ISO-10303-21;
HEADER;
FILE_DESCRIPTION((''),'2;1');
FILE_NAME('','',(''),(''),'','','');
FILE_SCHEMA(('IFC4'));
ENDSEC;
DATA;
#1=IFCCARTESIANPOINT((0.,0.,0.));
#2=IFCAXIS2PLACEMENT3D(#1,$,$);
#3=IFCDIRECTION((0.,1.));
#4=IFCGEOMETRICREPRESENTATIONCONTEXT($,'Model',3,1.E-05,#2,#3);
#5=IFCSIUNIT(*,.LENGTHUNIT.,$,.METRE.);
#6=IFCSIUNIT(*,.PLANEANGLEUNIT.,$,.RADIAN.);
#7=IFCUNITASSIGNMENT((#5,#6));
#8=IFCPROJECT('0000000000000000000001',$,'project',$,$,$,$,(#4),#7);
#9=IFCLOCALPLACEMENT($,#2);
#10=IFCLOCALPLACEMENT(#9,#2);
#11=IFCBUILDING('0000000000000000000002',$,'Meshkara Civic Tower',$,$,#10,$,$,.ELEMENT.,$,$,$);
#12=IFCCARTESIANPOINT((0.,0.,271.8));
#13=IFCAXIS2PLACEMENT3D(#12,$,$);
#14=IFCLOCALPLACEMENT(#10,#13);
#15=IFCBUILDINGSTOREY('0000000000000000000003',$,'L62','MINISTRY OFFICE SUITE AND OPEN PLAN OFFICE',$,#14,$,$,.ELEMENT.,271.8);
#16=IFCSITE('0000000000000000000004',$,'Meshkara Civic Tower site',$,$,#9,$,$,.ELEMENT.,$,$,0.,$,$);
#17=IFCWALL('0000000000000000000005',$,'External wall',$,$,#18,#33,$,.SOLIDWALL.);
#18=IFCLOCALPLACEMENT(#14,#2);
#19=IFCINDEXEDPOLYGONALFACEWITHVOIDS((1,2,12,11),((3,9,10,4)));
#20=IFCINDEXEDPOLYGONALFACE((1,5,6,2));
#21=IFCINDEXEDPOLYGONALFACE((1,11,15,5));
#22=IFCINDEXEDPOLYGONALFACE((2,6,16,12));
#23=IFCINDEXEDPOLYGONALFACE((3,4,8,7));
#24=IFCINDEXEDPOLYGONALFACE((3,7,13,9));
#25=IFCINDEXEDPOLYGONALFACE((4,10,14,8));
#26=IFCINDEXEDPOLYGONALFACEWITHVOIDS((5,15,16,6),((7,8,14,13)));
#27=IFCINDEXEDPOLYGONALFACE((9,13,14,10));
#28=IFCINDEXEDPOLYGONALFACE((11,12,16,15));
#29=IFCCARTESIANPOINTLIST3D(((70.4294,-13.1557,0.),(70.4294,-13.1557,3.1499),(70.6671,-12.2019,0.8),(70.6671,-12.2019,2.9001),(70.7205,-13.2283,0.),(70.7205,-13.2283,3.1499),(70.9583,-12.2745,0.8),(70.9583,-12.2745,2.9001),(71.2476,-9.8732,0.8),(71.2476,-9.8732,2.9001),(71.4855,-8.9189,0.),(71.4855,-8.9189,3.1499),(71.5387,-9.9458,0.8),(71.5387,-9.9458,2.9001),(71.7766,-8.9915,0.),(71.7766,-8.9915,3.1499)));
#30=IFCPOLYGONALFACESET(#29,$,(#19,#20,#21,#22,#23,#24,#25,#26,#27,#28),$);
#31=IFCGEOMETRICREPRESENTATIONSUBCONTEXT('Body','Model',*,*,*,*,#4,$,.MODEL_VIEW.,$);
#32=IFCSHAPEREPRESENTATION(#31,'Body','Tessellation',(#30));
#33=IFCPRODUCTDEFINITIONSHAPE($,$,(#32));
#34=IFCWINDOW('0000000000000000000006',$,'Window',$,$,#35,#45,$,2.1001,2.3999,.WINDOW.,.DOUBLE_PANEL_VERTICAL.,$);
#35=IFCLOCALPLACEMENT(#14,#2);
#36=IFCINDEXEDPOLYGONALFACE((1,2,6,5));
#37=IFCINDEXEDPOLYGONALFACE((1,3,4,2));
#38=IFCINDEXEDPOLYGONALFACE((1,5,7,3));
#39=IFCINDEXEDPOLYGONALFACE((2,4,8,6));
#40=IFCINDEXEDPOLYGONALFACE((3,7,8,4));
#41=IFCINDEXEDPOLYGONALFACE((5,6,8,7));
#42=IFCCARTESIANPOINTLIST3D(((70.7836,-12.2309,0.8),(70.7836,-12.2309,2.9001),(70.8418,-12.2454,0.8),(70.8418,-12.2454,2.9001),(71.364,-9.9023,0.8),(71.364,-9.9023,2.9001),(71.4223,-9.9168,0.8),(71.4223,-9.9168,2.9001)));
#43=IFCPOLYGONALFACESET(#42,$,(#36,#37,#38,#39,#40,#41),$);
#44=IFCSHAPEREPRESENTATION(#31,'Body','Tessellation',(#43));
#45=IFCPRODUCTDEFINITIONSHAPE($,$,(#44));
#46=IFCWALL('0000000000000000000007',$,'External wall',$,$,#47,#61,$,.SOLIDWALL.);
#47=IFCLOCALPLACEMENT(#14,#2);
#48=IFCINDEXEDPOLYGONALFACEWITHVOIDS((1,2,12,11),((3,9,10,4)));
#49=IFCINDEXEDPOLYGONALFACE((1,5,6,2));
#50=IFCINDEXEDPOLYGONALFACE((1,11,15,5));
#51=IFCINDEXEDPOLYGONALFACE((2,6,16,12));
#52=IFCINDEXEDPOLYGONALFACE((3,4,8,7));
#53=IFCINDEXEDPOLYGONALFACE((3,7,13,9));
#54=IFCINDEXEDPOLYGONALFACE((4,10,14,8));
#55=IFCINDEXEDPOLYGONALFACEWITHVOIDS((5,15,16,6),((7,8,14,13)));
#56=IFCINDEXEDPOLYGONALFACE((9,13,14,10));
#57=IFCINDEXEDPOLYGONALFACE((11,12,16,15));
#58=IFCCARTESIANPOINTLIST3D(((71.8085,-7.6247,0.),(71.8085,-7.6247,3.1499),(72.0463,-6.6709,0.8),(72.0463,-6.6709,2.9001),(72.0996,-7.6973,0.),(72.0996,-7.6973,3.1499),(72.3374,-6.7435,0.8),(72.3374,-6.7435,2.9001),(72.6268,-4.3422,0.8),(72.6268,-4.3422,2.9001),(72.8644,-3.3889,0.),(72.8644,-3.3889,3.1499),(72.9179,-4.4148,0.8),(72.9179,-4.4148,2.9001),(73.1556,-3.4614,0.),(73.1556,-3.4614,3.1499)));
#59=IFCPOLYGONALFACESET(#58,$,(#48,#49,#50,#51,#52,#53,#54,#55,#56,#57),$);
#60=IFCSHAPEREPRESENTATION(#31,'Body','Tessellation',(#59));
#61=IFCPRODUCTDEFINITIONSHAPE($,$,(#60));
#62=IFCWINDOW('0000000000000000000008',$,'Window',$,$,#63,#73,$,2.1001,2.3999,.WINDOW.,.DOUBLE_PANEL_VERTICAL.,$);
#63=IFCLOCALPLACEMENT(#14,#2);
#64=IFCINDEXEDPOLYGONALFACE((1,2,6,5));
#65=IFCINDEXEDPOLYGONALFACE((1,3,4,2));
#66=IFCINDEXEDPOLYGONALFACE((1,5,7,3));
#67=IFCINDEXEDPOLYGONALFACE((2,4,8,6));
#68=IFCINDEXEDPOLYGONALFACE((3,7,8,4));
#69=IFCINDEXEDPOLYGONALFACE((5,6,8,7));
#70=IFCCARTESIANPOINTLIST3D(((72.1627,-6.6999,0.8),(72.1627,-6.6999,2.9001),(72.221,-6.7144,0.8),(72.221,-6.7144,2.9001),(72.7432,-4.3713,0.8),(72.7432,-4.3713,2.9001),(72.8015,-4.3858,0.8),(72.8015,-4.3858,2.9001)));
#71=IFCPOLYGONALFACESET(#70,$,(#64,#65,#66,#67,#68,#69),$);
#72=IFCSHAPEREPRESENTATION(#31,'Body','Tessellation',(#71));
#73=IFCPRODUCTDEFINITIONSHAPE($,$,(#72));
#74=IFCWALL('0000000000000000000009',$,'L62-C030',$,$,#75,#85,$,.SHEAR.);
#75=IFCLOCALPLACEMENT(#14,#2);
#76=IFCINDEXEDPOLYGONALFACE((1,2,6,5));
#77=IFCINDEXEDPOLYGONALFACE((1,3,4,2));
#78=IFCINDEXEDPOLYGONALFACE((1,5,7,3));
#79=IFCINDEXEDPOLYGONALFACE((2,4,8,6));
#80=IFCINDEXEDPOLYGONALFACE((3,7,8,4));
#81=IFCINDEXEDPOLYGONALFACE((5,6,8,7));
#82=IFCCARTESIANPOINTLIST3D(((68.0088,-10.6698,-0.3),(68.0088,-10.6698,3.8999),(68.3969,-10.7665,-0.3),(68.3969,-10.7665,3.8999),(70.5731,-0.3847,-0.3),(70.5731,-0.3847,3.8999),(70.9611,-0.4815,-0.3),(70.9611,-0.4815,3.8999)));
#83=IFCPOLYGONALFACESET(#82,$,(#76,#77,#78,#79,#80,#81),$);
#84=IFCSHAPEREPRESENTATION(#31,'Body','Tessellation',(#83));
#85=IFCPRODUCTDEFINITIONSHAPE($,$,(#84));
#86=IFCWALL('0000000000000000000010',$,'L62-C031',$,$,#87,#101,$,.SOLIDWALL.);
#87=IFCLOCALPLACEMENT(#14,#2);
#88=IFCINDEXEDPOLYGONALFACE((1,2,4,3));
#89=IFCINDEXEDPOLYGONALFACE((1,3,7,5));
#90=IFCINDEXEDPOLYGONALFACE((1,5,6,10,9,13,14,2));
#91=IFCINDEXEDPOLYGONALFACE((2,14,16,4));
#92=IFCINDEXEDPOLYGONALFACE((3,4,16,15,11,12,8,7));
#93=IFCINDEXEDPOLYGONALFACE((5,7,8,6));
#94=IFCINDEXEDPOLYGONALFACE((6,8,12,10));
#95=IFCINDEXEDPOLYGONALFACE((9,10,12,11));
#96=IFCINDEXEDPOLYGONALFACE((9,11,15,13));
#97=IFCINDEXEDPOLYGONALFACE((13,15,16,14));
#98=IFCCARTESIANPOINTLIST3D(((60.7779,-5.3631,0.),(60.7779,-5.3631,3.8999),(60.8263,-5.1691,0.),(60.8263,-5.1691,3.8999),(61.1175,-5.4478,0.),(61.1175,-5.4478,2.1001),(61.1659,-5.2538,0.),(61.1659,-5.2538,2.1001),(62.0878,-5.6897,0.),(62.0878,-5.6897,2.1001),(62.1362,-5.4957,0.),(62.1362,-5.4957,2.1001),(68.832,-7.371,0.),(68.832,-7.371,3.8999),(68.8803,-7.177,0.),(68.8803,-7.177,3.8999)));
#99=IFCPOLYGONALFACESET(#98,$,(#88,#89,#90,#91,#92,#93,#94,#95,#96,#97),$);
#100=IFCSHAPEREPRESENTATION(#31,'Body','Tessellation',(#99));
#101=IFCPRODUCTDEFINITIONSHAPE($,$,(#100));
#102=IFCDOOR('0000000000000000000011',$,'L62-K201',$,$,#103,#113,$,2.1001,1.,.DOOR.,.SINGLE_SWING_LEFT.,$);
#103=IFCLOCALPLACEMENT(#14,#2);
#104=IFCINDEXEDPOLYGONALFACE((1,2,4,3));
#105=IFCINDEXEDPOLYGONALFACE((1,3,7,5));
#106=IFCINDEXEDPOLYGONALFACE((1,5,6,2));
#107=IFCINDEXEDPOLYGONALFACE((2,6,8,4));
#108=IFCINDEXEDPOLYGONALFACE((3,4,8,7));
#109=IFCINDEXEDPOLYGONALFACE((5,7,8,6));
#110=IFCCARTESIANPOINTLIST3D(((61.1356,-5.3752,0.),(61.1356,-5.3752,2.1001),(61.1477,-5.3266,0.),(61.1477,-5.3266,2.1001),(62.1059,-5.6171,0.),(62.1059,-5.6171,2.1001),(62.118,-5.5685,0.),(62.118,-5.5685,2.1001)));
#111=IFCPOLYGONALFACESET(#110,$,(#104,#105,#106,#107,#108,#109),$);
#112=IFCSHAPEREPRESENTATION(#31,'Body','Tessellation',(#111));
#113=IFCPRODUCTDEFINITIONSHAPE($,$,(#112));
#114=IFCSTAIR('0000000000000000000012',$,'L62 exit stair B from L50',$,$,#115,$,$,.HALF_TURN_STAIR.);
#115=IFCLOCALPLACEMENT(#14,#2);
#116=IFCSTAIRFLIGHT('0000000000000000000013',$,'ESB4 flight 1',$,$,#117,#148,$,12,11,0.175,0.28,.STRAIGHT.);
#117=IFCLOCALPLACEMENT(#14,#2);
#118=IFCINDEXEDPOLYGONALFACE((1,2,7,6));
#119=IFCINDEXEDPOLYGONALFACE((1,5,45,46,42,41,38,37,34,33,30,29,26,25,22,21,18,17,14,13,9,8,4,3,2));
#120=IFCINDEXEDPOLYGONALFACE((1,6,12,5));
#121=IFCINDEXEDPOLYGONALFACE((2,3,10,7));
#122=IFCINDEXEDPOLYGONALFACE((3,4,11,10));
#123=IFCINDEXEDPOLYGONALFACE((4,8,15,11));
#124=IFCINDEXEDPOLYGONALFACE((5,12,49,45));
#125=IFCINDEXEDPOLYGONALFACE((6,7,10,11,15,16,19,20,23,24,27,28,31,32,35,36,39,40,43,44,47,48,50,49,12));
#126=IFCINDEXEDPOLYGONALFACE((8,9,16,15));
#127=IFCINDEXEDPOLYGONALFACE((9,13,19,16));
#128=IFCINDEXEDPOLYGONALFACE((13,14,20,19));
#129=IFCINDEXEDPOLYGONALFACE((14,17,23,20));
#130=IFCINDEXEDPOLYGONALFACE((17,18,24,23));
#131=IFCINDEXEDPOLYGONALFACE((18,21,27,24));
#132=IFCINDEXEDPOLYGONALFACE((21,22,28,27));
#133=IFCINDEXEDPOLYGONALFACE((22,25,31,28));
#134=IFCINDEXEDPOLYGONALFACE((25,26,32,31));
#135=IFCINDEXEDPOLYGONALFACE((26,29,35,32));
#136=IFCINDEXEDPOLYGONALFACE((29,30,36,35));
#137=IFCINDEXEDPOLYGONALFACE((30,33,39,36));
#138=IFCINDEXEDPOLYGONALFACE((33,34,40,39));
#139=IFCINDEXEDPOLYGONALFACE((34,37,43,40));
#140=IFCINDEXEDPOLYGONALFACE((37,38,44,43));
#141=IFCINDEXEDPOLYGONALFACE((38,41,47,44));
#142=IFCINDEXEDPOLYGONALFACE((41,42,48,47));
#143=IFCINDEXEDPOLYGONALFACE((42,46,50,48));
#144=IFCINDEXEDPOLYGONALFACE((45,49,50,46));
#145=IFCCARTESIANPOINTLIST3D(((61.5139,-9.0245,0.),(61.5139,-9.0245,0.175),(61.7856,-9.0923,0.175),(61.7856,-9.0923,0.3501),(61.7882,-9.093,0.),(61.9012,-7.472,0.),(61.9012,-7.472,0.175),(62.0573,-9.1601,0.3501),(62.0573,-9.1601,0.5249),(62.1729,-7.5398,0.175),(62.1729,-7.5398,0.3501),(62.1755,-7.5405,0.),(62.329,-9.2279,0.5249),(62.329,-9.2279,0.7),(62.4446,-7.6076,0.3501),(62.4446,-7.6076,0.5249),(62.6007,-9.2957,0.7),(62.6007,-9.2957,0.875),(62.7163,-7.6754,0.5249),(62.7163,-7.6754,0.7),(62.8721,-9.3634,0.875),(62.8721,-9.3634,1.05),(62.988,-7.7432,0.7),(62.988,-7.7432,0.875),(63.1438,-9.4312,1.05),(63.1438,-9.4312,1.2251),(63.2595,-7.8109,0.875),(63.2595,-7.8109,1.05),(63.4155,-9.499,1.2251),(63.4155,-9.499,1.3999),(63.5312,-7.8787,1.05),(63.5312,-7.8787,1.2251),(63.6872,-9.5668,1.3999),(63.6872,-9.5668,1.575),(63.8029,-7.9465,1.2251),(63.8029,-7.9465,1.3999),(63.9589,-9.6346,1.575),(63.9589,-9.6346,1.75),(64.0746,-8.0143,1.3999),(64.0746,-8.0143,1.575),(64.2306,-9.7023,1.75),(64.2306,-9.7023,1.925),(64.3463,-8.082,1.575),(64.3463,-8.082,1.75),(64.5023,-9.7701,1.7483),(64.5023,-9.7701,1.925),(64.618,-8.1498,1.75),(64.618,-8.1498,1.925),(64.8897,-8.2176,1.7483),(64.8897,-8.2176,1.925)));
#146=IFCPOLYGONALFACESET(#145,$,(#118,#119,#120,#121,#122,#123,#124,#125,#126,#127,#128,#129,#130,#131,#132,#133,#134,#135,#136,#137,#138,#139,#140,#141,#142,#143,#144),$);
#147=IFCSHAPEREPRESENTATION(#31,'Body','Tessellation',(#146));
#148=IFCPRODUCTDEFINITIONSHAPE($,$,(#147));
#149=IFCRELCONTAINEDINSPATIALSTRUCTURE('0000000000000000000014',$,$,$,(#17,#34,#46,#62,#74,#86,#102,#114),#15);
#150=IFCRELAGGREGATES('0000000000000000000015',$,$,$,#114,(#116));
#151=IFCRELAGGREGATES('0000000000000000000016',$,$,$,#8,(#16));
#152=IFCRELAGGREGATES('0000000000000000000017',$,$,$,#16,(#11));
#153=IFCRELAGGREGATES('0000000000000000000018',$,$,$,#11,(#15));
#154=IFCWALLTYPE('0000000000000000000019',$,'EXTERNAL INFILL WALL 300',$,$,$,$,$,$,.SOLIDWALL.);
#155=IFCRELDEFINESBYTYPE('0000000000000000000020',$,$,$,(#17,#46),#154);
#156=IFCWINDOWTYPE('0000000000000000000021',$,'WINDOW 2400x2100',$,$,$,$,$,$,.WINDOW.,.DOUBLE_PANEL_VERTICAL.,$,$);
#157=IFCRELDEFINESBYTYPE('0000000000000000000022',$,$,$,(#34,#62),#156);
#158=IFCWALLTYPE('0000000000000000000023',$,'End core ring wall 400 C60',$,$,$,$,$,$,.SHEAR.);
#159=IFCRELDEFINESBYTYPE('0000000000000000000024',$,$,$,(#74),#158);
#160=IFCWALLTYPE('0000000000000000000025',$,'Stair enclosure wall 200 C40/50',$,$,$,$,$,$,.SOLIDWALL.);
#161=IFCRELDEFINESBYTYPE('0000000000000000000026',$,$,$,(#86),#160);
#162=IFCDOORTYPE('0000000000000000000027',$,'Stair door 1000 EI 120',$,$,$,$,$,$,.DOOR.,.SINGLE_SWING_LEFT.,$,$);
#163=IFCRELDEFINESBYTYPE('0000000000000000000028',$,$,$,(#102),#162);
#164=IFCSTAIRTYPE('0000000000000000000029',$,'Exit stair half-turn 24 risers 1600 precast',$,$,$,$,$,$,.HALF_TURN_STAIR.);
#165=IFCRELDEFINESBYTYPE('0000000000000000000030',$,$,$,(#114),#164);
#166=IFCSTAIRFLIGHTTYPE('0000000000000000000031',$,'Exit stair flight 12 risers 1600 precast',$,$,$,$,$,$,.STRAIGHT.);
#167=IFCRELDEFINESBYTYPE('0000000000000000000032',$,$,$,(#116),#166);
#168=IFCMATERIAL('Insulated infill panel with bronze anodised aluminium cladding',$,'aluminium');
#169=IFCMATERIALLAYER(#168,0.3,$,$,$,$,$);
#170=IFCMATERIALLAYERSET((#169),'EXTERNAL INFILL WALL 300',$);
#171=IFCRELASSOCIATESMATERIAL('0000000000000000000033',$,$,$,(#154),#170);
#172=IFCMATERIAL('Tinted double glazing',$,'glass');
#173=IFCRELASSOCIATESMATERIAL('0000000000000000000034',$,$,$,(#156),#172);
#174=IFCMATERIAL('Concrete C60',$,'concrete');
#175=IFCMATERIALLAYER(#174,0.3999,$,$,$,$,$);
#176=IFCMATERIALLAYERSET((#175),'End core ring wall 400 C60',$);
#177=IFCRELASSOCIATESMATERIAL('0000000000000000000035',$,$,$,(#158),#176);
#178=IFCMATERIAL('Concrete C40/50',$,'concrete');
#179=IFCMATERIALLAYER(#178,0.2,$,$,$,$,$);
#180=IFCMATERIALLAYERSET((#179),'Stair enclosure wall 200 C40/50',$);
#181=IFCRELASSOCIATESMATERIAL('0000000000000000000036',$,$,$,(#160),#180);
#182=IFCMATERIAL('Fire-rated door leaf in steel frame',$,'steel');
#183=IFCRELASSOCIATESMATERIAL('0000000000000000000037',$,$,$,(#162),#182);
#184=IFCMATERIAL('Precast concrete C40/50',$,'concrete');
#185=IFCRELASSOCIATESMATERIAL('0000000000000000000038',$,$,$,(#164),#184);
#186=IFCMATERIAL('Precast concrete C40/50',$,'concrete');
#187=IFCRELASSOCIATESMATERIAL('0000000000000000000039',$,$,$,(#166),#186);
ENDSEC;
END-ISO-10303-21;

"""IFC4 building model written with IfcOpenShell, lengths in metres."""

from ifc_helpers import new_model, si_unit, direction, frame, frame_2d, origin, place, context, subcontext, project, spatial, polyline, rectangle, outline, extrude, material, layer, layer_set, type_object, element, fill, aggregate, save


model = new_model("IFC4")

# Units and contexts
model_context = context("Model", 3, precision=1e-05, world=origin(), true_north=direction((0.0, 1.0)))
body_context = subcontext(model_context, "Body", "Model", "MODEL_VIEW")
ifc_project = project(units=[si_unit("LENGTHUNIT", "METRE"), si_unit("PLANEANGLEUNIT", "RADIAN")], contexts=[model_context])

# Site, building, storey
site_placement = place(None, origin())
site = spatial("IfcSite", under=ifc_project, at=site_placement, Name="Meshkara Civic Tower site", CompositionType="ELEMENT", RefElevation=0.0)
building_placement = place(site_placement, origin())
building = spatial("IfcBuilding", under=site, at=building_placement, Name="Meshkara Civic Tower", CompositionType="ELEMENT")
storey_placement = place(building_placement, frame((0.0, 0.0, 271.8)))
storey = spatial("IfcBuildingStorey", under=building, at=storey_placement, Name="L62", Description="MINISTRY OFFICE SUITE AND OPEN PLAN OFFICE", CompositionType="ELEMENT", Elevation=271.8)

# Walls, openings, windows
ifc_material_1 = material(Name="Insulated infill panel with bronze anodised aluminium cladding", Category="aluminium")
ifc_layer_1 = layer(ifc_material_1, 0.3)
ifc_layer_set_1 = layer_set([ifc_layer_1], Name="EXTERNAL INFILL WALL 300")
wall_type_1 = type_object("IfcWallType", Name="EXTERNAL INFILL WALL 300", PredefinedType="SOLIDWALL", material=ifc_layer_set_1)
ifc_material_2 = material(Name="Tinted double glazing", Category="glass")
window_type_1 = type_object("IfcWindowType", Name="WINDOW 2400x2100", PartitioningType="DOUBLE_PANEL_VERTICAL", PredefinedType="WINDOW", material=ifc_material_2)
wall_1_placement = place(storey_placement, frame((70.575, -13.1919, 0.0), z_axis=(0.0, 0.0, 1.0), x_axis=(0.241878, 0.970307, 0.0)))
wall_1 = element("IfcWall", 1, at=wall_1_placement, inside=storey, type_object=wall_type_1, Name="External wall", PredefinedType="SOLIDWALL", context=body_context, shape_type="SweptSolid", body=[
    extrude(rectangle(XDim=4.3665, YDim=0.3, at=frame_2d((2.1831, 0.0))), origin(), (0.0, 0.0, 1.0), 3.1499),
])
opening_1_placement = place(wall_1_placement, frame((0.9829, 0.0, 0.8)))
opening_1 = element("IfcOpeningElement", 2, at=opening_1_placement, cuts=wall_1, PredefinedType="OPENING", context=body_context, shape_type="SweptSolid", body=[
    extrude(rectangle(XDim=2.3999, YDim=2.1001, at=frame_2d((1.2, 1.05))), frame((0.0, 0.1599, 0.0), z_axis=(0.0, -1.0, 0.0), x_axis=(1.0, 0.0, 0.0)), (0.0, 0.0, 1.0), 0.3201),
])
window_1_placement = place(opening_1_placement, origin())
window_1 = element("IfcWindow", 3, at=window_1_placement, inside=storey, type_object=window_type_1, Name="Window", OverallHeight=2.1001, OverallWidth=2.3999, PartitioningType="DOUBLE_PANEL_VERTICAL", PredefinedType="WINDOW", context=body_context, shape_type="SweptSolid", body=[
    extrude(rectangle(XDim=2.3999, YDim=2.1001, at=frame_2d((1.2, 1.05))), frame((0.0, 0.03, 0.0), z_axis=(0.0, -1.0, 0.0), x_axis=(1.0, 0.0, 0.0)), (0.0, 0.0, 1.0), 0.0601),
])
fill(opening_1, window_1)
wall_2_placement = place(storey_placement, frame((71.9541, -7.6609, 0.0), z_axis=(0.0, 0.0, 1.0), x_axis=(0.241878, 0.970307, 0.0)))
wall_2 = element("IfcWall", 4, at=wall_2_placement, inside=storey, type_object=wall_type_1, Name="External wall", PredefinedType="SOLIDWALL", context=body_context, shape_type="SweptSolid", body=[
    extrude(rectangle(XDim=4.3655, YDim=0.3, at=frame_2d((2.1826, 0.0))), origin(), (0.0, 0.0, 1.0), 3.1499),
])
opening_2_placement = place(wall_2_placement, frame((0.9829, 0.0, 0.8)))
opening_2 = element("IfcOpeningElement", 5, at=opening_2_placement, cuts=wall_2, PredefinedType="OPENING", context=body_context, shape_type="SweptSolid", body=[
    extrude(rectangle(XDim=2.3999, YDim=2.1001, at=frame_2d((1.2, 1.05))), frame((0.0, 0.1599, 0.0), z_axis=(0.0, -1.0, 0.0), x_axis=(1.0, 0.0, 0.0)), (0.0, 0.0, 1.0), 0.3201),
])
window_2_placement = place(opening_2_placement, origin())
window_2 = element("IfcWindow", 6, at=window_2_placement, inside=storey, type_object=window_type_1, Name="Window", OverallHeight=2.1001, OverallWidth=2.3999, PartitioningType="DOUBLE_PANEL_VERTICAL", PredefinedType="WINDOW", context=body_context, shape_type="SweptSolid", body=[
    extrude(rectangle(XDim=2.3999, YDim=2.1001, at=frame_2d((1.2, 1.05))), frame((0.0, 0.03, 0.0), z_axis=(0.0, -1.0, 0.0), x_axis=(1.0, 0.0, 0.0)), (0.0, 0.0, 1.0), 0.0601),
])
fill(opening_2, window_2)

# Wall
ifc_material_3 = material(Name="Concrete C60", Category="concrete")
ifc_layer_2 = layer(ifc_material_3, 0.3999)
ifc_layer_set_2 = layer_set([ifc_layer_2], Name="End core ring wall 400 C60")
wall_type_2 = type_object("IfcWallType", Name="End core ring wall 400 C60", PredefinedType="SHEAR", material=ifc_layer_set_2)
wall_3_placement = place(storey_placement, frame((68.2029, -10.718, -0.3), z_axis=(0.0, 0.0, 1.0), x_axis=(0.241912, 0.970298, 0.0)))
element("IfcWall", 7, at=wall_3_placement, inside=storey, type_object=wall_type_2, Name="L62-C030", PredefinedType="SHEAR", context=body_context, shape_type="SweptSolid", body=[
    extrude(rectangle(XDim=10.5999, YDim=0.3999, at=frame_2d((5.2998, 0.0))), origin(), (0.0, 0.0, 1.0), 4.2),
])

# Wall, opening, door
ifc_material_4 = material(Name="Concrete C40/50", Category="concrete")
ifc_layer_3 = layer(ifc_material_4, 0.2)
ifc_layer_set_3 = layer_set([ifc_layer_3], Name="Stair enclosure wall 200 C40/50")
wall_type_3 = type_object("IfcWallType", Name="Stair enclosure wall 200 C40/50", PredefinedType="SOLIDWALL", material=ifc_layer_set_3)
wall_4_placement = place(storey_placement, frame((60.802, -5.2661, 0.0), z_axis=(0.0, 0.0, 1.0), x_axis=(0.970303, -0.241892, 0.0)))
wall_4 = element("IfcWall", 8, at=wall_4_placement, inside=storey, type_object=wall_type_3, Name="L62-C031", PredefinedType="SOLIDWALL", context=body_context, shape_type="SweptSolid", body=[
    extrude(rectangle(XDim=8.3005, YDim=0.2, at=frame_2d((4.1504, 0.0))), origin(), (0.0, 0.0, 1.0), 3.8999),
])
opening_3_placement = place(wall_4_placement, frame((0.3501, 0.0, 0.0)))
opening_3 = element("IfcOpeningElement", 9, at=opening_3_placement, cuts=wall_4, PredefinedType="OPENING", context=body_context, shape_type="SweptSolid", body=[
    extrude(rectangle(XDim=1.0, YDim=2.1001, at=frame_2d((0.5, 1.05))), frame((0.0, 0.1099, 0.0), z_axis=(0.0, -1.0, 0.0), x_axis=(1.0, 0.0, 0.0)), (0.0, 0.0, 1.0), 0.22),
])
ifc_material_5 = material(Name="Fire-rated door leaf in steel frame", Category="steel")
door_type = type_object("IfcDoorType", Name="Stair door 1000 EI 120", OperationType="SINGLE_SWING_LEFT", PredefinedType="DOOR", material=ifc_material_5)
door_placement = place(opening_3_placement, origin())
door = element("IfcDoor", 10, at=door_placement, inside=storey, type_object=door_type, Name="L62-K201", OperationType="SINGLE_SWING_LEFT", OverallHeight=2.1001, OverallWidth=1.0, PredefinedType="DOOR", context=body_context, shape_type="SweptSolid", body=[
    extrude(rectangle(XDim=1.0, YDim=2.1001, at=frame_2d((0.5, 1.05))), frame((0.0, 0.0249, 0.0), z_axis=(0.0, -1.0, 0.0), x_axis=(1.0, 0.0, 0.0)), (0.0, 0.0, 1.0), 0.05),
])
fill(opening_3, door)

# Stair, stair flight
ifc_material_6 = material(Name="Precast concrete C40/50", Category="concrete")
stair_type = type_object("IfcStairType", Name="Exit stair half-turn 24 risers 1600 precast", PredefinedType="HALF_TURN_STAIR", material=ifc_material_6)
stair_placement = place(storey_placement, origin())
stair = element("IfcStair", 11, at=stair_placement, inside=storey, type_object=stair_type, Name="L62 exit stair B from L50", PredefinedType="HALF_TURN_STAIR")
ifc_material_7 = material(Name="Precast concrete C40/50", Category="concrete")
stair_flight_type = type_object("IfcStairFlightType", Name="Exit stair flight 12 risers 1600 precast", PredefinedType="STRAIGHT", material=ifc_material_7)
stair_flight_1_placement = place(storey_placement, frame((61.7075, -8.2483, 0.0), z_axis=(0.0, 0.0, 1.0), x_axis=(0.97026, -0.242065, 0.0)))
stair_flight_1 = element("IfcStairFlight", 12, at=stair_flight_1_placement, type_object=stair_flight_type, Name="ESB4 flight 1", NumberOfRisers=12, NumberOfTreads=11, PredefinedType="STRAIGHT", RiserHeight=0.175, TreadLength=0.28, context=body_context, shape_type="SweptSolid", body=[
    extrude(outline(polyline([(0.0, 0.0), (0.0, 0.175), (0.28, 0.175), (0.28, 0.3501), (0.5601, 0.3501), (0.5601, 0.5249), (0.8401, 0.5249), (0.8401, 0.7), (1.1201, 0.7), (1.1201, 0.875), (1.3999, 0.875), (1.3999, 1.05), (1.6799, 1.05), (1.6799, 1.2251), (1.96, 1.2251), (1.96, 1.3999), (2.24, 1.3999), (2.24, 1.575), (2.52, 1.575), (2.52, 1.75), (2.8, 1.75), (2.8, 1.925), (3.0801, 1.925), (3.0801, 2.1001), (3.0801, 1.7483), (0.2827, 0.0), (0.0, 0.0)])), frame((0.0, 0.8, 0.0), z_axis=(0.0, -1.0, 0.0), x_axis=(1.0, 0.0, 0.0)), (0.0, 0.0, 1.0), 1.6001),
])
aggregate(stair, [stair_flight_1])

save(model, "model.ifc")
